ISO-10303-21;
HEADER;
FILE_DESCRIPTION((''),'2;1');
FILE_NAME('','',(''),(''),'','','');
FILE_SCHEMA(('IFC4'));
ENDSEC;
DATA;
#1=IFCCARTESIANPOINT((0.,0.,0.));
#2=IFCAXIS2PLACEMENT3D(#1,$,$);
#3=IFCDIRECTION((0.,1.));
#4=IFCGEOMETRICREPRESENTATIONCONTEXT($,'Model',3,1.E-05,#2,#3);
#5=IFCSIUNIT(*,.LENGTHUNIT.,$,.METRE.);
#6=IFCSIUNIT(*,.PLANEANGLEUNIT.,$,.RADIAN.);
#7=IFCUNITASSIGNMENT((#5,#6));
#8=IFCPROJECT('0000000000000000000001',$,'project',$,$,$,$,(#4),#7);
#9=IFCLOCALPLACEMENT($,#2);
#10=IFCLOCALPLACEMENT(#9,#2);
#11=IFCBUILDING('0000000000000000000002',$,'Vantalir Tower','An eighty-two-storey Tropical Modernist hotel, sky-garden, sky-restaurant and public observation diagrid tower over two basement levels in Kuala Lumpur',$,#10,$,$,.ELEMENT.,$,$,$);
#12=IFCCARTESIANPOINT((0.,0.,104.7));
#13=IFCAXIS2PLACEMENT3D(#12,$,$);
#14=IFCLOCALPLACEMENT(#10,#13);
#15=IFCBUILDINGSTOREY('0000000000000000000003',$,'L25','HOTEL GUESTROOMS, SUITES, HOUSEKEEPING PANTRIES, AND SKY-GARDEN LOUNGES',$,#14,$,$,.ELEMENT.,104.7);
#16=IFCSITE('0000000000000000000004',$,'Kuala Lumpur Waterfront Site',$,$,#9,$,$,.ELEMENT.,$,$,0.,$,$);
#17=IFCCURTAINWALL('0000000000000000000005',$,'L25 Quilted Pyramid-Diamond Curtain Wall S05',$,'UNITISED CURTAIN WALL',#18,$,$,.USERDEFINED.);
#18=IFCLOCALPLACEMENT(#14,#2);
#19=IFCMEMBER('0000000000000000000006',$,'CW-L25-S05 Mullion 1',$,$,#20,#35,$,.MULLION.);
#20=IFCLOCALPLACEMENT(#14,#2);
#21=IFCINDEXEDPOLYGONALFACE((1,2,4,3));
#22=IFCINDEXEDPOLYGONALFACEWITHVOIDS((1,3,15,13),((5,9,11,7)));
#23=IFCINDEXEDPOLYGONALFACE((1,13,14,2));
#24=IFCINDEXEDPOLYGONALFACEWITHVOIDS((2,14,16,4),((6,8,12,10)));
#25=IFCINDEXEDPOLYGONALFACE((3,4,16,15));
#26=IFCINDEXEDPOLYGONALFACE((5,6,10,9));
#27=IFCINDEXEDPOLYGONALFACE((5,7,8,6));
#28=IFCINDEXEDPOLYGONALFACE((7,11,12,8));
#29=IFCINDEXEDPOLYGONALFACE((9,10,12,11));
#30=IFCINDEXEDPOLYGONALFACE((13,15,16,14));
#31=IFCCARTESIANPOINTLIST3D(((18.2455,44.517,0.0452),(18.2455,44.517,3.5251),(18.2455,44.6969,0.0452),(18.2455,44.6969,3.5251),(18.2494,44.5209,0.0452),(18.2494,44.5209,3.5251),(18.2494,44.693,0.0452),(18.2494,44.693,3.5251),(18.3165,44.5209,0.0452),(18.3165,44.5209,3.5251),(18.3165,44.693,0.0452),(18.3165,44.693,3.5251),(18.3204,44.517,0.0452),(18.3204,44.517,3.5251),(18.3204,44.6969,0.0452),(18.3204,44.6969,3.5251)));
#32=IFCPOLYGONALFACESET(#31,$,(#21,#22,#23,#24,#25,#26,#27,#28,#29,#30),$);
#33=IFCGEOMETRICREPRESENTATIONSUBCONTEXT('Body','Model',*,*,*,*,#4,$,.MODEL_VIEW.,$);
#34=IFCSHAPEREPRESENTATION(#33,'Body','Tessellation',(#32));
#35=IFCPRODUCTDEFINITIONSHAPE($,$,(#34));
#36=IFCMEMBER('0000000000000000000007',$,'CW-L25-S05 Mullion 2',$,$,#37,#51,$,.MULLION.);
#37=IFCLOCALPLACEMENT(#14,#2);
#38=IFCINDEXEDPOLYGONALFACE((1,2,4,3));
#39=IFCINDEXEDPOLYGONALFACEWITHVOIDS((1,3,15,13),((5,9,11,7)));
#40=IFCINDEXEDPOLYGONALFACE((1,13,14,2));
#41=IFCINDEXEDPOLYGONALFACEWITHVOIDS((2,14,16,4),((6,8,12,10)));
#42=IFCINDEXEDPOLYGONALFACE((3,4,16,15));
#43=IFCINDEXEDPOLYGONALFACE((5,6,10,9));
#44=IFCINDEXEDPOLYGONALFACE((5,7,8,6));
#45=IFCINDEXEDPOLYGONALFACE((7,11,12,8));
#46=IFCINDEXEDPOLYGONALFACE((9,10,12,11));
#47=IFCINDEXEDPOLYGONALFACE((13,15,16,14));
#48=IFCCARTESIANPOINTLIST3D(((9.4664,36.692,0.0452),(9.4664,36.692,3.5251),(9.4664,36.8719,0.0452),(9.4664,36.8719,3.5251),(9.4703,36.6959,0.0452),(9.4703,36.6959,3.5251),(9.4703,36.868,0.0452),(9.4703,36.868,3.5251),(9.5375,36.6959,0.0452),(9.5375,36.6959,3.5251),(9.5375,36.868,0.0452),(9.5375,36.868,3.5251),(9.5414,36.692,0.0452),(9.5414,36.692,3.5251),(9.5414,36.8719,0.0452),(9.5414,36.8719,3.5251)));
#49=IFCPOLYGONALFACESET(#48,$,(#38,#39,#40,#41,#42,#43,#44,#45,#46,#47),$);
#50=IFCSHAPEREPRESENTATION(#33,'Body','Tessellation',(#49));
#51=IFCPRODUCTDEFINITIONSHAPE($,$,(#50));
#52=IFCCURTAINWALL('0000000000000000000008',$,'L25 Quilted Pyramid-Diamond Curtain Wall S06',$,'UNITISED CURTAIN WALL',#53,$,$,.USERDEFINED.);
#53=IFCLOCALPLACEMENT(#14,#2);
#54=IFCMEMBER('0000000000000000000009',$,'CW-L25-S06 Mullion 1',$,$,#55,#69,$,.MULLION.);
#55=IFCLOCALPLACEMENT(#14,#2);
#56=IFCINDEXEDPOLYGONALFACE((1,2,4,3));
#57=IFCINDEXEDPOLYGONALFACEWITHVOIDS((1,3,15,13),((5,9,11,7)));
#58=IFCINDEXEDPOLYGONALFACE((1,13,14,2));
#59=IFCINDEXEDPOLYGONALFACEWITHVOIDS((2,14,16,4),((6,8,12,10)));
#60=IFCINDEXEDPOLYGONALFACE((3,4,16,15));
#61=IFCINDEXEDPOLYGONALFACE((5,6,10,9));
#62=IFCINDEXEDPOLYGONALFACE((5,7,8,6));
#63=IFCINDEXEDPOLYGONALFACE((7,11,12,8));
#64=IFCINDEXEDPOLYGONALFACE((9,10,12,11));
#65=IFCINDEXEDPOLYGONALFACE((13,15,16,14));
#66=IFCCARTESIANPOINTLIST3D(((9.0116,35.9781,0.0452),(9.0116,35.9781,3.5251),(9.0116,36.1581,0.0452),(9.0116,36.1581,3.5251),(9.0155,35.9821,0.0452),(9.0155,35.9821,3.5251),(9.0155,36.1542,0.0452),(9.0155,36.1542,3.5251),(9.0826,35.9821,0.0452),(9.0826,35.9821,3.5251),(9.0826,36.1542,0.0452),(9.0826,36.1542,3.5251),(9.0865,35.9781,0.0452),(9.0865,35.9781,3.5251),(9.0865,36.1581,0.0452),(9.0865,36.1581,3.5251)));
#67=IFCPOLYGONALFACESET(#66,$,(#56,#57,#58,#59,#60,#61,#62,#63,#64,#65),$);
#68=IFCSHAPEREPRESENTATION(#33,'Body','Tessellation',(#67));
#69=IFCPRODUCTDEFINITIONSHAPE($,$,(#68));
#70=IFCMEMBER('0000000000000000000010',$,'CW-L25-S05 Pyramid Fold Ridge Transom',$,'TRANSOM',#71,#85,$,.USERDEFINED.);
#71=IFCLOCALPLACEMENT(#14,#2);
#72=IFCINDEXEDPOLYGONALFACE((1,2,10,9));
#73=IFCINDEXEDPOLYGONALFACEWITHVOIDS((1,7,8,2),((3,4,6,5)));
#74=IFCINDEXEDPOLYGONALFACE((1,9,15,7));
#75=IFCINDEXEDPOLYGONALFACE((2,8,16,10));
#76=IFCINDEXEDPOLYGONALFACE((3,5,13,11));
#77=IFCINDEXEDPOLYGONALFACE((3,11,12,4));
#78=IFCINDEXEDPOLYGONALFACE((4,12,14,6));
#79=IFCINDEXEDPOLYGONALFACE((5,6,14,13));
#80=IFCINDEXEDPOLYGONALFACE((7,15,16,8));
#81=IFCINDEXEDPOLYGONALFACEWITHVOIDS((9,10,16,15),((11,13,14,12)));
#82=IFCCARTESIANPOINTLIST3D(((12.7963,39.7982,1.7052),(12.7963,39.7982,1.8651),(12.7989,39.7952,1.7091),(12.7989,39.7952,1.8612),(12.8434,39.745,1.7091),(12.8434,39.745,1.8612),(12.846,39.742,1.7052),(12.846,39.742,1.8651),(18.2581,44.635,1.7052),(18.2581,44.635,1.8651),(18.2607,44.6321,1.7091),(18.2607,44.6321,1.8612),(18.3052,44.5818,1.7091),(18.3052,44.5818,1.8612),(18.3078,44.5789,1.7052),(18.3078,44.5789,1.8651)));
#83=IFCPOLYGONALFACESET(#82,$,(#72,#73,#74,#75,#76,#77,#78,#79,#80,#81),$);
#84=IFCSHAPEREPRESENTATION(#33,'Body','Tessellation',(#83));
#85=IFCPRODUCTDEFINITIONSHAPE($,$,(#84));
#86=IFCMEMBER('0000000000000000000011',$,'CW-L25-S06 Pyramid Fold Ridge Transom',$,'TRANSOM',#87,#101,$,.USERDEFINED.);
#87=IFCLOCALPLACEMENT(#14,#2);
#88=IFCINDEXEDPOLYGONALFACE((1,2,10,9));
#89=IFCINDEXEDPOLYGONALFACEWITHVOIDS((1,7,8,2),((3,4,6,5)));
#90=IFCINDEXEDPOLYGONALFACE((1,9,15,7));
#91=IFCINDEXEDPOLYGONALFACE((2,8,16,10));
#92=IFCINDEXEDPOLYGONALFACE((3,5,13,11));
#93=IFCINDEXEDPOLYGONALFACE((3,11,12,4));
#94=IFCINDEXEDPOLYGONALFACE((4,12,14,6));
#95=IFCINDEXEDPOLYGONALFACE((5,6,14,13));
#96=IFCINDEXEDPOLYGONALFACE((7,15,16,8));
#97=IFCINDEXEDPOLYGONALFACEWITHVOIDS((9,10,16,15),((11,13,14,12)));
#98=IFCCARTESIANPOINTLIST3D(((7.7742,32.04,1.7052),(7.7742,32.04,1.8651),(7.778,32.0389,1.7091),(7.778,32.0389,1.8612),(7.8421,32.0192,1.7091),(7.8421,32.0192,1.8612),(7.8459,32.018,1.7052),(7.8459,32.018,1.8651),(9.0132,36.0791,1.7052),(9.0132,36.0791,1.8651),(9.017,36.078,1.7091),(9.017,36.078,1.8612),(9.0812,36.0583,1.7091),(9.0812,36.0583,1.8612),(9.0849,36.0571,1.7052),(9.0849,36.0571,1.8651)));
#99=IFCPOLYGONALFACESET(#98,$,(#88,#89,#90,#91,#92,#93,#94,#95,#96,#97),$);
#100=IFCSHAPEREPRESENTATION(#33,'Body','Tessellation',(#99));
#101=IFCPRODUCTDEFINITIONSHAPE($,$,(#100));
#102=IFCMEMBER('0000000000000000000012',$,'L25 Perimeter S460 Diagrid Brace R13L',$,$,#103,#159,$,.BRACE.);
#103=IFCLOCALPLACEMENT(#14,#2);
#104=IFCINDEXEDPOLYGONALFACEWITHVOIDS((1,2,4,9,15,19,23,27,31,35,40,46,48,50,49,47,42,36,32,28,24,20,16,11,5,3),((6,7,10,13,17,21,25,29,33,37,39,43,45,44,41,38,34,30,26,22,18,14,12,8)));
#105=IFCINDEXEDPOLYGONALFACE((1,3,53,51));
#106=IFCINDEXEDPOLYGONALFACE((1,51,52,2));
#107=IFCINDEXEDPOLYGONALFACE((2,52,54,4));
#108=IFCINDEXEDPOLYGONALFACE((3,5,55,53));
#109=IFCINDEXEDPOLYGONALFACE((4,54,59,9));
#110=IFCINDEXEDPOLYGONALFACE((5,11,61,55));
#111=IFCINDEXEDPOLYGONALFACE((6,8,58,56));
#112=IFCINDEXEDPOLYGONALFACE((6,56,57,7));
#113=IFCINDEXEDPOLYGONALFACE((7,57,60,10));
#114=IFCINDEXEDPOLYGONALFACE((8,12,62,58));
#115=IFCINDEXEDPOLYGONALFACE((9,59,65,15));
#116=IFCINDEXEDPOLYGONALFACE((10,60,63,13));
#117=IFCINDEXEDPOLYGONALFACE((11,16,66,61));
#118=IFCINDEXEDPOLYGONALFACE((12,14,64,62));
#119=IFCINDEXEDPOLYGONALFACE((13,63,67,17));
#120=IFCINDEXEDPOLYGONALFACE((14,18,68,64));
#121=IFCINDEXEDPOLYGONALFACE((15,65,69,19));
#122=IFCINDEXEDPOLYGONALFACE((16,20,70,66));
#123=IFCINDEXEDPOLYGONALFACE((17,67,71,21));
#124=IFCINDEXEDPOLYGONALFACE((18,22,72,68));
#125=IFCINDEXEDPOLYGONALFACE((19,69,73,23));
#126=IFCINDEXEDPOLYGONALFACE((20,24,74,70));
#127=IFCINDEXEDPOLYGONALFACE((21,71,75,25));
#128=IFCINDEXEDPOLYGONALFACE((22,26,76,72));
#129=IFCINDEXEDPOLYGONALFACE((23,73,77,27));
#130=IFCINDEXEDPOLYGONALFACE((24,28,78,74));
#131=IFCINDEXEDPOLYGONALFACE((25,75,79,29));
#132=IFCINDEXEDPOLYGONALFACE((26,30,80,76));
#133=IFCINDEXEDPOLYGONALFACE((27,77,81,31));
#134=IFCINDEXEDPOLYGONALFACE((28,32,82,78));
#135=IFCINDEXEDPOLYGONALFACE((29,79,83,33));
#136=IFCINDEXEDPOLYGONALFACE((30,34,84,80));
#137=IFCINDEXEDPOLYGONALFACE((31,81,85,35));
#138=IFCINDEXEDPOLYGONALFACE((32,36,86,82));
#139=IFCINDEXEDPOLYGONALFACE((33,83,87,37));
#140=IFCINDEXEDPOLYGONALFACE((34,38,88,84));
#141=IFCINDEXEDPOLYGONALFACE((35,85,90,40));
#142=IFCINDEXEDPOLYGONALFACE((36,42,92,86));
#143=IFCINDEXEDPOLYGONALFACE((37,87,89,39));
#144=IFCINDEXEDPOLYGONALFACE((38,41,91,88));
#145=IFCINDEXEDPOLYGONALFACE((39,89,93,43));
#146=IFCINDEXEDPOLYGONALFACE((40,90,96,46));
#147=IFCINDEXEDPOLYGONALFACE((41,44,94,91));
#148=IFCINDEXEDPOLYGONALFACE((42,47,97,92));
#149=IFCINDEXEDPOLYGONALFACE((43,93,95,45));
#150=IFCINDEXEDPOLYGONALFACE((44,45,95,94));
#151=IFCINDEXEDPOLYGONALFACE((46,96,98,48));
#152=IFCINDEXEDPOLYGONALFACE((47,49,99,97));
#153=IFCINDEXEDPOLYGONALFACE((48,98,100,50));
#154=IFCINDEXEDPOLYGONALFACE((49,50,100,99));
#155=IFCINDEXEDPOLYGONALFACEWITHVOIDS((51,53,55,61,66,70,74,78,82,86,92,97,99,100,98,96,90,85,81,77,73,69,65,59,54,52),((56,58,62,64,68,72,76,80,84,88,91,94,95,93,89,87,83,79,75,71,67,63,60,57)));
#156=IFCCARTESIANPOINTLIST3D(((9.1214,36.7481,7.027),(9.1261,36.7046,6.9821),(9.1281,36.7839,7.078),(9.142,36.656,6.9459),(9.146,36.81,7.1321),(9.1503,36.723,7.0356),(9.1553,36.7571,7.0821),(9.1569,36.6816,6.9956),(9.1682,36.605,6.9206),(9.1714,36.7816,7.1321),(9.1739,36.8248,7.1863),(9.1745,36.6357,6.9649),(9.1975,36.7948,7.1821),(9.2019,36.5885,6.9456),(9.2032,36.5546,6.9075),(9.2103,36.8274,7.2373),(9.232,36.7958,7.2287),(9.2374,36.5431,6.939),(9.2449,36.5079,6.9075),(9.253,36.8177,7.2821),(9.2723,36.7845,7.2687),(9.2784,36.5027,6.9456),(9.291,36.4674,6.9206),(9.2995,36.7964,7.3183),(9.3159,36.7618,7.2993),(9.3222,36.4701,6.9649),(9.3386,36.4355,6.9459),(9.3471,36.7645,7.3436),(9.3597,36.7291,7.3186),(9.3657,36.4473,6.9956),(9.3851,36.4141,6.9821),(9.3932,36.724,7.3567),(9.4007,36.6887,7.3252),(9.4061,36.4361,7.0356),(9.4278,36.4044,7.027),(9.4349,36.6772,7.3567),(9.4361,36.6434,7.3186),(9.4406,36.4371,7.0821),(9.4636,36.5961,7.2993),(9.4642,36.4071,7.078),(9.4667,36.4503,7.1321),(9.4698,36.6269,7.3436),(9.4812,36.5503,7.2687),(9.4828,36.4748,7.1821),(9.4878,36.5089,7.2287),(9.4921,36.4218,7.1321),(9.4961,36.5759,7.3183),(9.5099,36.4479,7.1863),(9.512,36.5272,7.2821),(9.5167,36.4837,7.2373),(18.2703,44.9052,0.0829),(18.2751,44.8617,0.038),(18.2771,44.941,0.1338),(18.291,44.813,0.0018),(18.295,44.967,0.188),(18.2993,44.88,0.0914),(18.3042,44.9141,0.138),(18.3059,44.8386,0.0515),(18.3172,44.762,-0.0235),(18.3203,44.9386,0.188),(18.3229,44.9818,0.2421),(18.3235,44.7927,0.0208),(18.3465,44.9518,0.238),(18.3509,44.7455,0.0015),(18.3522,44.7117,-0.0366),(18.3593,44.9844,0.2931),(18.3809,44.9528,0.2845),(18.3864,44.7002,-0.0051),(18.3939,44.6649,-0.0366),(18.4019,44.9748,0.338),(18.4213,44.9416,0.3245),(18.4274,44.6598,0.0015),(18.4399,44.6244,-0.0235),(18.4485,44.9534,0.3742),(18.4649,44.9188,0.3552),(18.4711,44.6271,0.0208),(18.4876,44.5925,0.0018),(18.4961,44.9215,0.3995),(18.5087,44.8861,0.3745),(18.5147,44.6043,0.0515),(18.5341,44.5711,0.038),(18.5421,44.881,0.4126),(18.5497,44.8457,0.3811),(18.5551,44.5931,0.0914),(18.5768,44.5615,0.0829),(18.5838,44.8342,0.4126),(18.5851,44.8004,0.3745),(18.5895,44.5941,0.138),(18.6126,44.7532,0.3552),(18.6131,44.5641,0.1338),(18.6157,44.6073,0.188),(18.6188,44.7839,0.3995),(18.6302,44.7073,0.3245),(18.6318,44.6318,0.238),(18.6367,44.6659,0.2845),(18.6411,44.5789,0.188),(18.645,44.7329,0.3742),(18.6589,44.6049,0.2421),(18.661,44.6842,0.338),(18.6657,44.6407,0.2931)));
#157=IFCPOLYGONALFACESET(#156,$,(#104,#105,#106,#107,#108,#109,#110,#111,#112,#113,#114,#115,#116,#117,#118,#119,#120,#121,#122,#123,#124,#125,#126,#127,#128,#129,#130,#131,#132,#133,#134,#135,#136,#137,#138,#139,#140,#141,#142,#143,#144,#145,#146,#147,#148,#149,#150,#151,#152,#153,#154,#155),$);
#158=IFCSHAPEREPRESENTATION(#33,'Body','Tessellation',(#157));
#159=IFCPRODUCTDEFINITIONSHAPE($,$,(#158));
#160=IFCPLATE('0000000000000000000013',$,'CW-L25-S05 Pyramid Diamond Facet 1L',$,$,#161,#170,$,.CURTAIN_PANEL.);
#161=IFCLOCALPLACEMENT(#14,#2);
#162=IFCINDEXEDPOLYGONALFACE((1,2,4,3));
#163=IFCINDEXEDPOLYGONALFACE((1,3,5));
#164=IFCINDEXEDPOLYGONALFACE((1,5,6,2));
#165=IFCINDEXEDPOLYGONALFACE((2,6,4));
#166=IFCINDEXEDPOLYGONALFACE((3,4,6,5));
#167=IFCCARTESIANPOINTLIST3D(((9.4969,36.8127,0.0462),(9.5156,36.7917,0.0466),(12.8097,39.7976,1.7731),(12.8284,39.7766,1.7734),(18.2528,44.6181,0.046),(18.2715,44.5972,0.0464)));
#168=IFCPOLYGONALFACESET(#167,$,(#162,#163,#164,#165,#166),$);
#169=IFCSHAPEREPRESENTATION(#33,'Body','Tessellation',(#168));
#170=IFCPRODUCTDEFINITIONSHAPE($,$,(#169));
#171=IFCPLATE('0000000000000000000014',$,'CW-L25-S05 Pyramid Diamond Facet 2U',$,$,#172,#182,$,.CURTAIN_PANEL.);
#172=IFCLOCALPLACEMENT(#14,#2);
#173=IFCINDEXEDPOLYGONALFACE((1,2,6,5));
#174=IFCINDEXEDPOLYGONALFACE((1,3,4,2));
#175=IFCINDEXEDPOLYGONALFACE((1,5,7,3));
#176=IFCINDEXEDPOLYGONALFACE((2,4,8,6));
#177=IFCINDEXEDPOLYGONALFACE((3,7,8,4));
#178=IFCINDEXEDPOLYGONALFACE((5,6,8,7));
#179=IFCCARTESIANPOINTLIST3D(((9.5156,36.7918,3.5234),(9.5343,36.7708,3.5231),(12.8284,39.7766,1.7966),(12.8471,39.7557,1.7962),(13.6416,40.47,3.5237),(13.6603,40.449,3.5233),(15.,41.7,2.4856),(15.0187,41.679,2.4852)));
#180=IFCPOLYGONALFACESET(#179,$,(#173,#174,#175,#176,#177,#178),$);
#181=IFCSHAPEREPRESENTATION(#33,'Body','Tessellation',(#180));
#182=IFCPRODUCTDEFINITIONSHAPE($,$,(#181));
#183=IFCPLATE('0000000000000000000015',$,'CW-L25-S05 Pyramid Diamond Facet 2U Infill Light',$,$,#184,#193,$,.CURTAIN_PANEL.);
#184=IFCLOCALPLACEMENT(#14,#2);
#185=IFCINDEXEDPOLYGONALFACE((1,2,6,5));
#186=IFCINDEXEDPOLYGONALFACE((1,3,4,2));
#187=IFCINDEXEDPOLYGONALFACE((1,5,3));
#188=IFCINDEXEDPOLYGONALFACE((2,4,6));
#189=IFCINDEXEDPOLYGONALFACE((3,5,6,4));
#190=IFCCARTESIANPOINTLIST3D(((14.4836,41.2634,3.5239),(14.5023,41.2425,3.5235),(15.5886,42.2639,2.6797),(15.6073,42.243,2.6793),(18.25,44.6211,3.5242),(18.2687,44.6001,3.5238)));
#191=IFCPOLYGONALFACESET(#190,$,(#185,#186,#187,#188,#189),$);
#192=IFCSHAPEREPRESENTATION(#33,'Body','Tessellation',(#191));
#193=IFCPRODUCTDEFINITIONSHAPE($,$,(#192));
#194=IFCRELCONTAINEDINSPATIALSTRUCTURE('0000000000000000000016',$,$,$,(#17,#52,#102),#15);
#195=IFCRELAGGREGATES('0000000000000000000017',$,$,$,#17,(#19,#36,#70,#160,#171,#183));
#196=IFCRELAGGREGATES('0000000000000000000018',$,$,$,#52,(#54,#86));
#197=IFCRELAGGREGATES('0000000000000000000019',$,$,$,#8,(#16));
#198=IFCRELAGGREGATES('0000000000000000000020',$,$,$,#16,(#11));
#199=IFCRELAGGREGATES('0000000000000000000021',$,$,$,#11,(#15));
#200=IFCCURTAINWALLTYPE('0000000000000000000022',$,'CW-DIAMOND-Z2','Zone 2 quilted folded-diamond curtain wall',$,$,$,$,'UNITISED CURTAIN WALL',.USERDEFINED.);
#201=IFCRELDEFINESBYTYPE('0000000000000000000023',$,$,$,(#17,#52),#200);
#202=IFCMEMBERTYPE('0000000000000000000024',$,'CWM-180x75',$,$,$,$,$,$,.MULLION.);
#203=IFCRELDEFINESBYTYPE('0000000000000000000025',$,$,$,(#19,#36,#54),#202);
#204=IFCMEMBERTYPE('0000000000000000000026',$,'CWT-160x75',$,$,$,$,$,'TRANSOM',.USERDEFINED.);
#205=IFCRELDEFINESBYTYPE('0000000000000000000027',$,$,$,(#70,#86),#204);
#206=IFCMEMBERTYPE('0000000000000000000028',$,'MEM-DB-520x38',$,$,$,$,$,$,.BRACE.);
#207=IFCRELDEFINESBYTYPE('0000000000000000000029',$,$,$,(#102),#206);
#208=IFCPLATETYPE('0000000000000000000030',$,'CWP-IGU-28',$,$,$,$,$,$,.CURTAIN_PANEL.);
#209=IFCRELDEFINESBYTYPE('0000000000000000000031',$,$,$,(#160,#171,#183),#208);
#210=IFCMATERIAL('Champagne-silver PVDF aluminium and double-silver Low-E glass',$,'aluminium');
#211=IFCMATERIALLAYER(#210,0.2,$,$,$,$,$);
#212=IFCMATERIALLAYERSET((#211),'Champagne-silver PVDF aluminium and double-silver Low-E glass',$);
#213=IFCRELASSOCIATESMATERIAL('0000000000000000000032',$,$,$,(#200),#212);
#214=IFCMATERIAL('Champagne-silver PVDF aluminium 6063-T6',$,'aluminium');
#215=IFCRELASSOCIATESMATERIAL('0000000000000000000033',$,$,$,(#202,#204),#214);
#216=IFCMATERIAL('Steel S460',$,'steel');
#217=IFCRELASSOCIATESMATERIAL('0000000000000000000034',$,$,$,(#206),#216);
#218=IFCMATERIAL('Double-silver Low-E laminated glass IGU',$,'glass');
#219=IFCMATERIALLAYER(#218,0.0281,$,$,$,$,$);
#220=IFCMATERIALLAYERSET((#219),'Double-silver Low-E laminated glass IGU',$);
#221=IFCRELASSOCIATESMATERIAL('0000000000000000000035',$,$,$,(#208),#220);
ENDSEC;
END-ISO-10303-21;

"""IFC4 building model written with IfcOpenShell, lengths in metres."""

from ifc_helpers import new_model, si_unit, direction, frame, origin, origin_2d, place, context, subcontext, project, spatial, polyline, hollow_rectangle, hollow_circle, outline, extrude, material, layer, layer_set, material_profile, profile_set, type_object, element, aggregate, save


model = new_model("IFC4")

# Units and contexts
model_context = context("Model", 3, precision=1e-05, world=origin(), true_north=direction((0.0, 1.0)))
body_context = subcontext(model_context, "Body", "Model", "MODEL_VIEW")
ifc_project = project(units=[si_unit("LENGTHUNIT", "METRE"), si_unit("PLANEANGLEUNIT", "RADIAN")], contexts=[model_context])

# Site, building, storey
site_placement = place(None, origin())
site = spatial("IfcSite", under=ifc_project, at=site_placement, Name="Kuala Lumpur Waterfront Site", CompositionType="ELEMENT", RefElevation=0.0)
building_placement = place(site_placement, origin())
building = spatial("IfcBuilding", under=site, at=building_placement, Name="Vantalir Tower", Description="An eighty-two-storey Tropical Modernist hotel, sky-garden, sky-restaurant and public observation diagrid tower over two basement levels in Kuala Lumpur", CompositionType="ELEMENT")
storey_placement = place(building_placement, frame((0.0, 0.0, 104.7)))
storey = spatial("IfcBuildingStorey", under=building, at=storey_placement, Name="L25", Description="HOTEL GUESTROOMS, SUITES, HOUSEKEEPING PANTRIES, AND SKY-GARDEN LOUNGES", CompositionType="ELEMENT", Elevation=104.7)

# Shared definitions
ifc_material_1 = material(Name="Steel S460", Category="steel")

# Curtain wall, members
ifc_material_2 = material(Name="Champagne-silver PVDF aluminium and double-silver Low-E glass", Category="aluminium")
ifc_layer_1 = layer(ifc_material_2, 0.2)
ifc_layer_set_1 = layer_set([ifc_layer_1], Name="Champagne-silver PVDF aluminium and double-silver Low-E glass")
curtain_wall_type = type_object("IfcCurtainWallType", Name="CW-DIAMOND-Z2", Description="Zone 2 quilted folded-diamond curtain wall", ElementType="UNITISED CURTAIN WALL", PredefinedType="USERDEFINED", material=ifc_layer_set_1)
curtain_wall_1_placement = place(storey_placement, origin())
curtain_wall_1 = element("IfcCurtainWall", 1, at=curtain_wall_1_placement, inside=storey, type_object=curtain_wall_type, Name="L25 Quilted Pyramid-Diamond Curtain Wall S05", ObjectType="UNITISED CURTAIN WALL", PredefinedType="USERDEFINED")
ifc_material_3 = material(Name="Champagne-silver PVDF aluminium 6063-T6", Category="aluminium")
ifc_material_profile_1 = material_profile(ifc_material_3, hollow_rectangle(XDim=0.075, YDim=0.1799, WallThickness=0.0039, at=origin_2d()), Name="Champagne-silver PVDF aluminium 6063-T6")
ifc_profile_set_1 = profile_set([ifc_material_profile_1], Name="Champagne-silver PVDF aluminium 6063-T6")
member_type_1 = type_object("IfcMemberType", Name="CWM-180x75", PredefinedType="MULLION", material=ifc_profile_set_1)
member_1_placement = place(storey_placement, frame((18.283, 44.6069, 0.0452), z_axis=(0.0, 0.0, 1.0), x_axis=(1.0, 0.0, 0.0)))
member_1 = element("IfcMember", 2, at=member_1_placement, type_object=member_type_1, Name="CW-L25-S05 Mullion 1", PredefinedType="MULLION", context=body_context, shape_type="SweptSolid", body=[
    extrude(hollow_rectangle(XDim=0.075, YDim=0.1799, WallThickness=0.0039, at=origin_2d()), origin(), (0.0, 0.0, 1.0), 3.48),
])
member_2_placement = place(storey_placement, frame((9.5039, 36.782, 0.0452), z_axis=(0.0, 0.0, 1.0), x_axis=(1.0, 0.0, 0.0)))
member_2 = element("IfcMember", 3, at=member_2_placement, type_object=member_type_1, Name="CW-L25-S05 Mullion 2", PredefinedType="MULLION", context=body_context, shape_type="SweptSolid", body=[
    extrude(hollow_rectangle(XDim=0.075, YDim=0.1799, WallThickness=0.0039, at=origin_2d()), origin(), (0.0, 0.0, 1.0), 3.48),
])

# Curtain wall, member
curtain_wall_2_placement = place(storey_placement, origin())
curtain_wall_2 = element("IfcCurtainWall", 4, at=curtain_wall_2_placement, inside=storey, type_object=curtain_wall_type, Name="L25 Quilted Pyramid-Diamond Curtain Wall S06", ObjectType="UNITISED CURTAIN WALL", PredefinedType="USERDEFINED")
member_3_placement = place(storey_placement, frame((9.0491, 36.0681, 0.0452), z_axis=(0.0, 0.0, 1.0), x_axis=(1.0, 0.0, 0.0)))
member_3 = element("IfcMember", 5, at=member_3_placement, type_object=member_type_1, Name="CW-L25-S06 Mullion 1", PredefinedType="MULLION", context=body_context, shape_type="SweptSolid", body=[
    extrude(hollow_rectangle(XDim=0.075, YDim=0.1799, WallThickness=0.0039, at=origin_2d()), origin(), (0.0, 0.0, 1.0), 3.48),
])

# Members
ifc_material_profile_2 = material_profile(ifc_material_3, hollow_rectangle(XDim=0.075, YDim=0.1599, WallThickness=0.0039, at=origin_2d()), Name="Champagne-silver PVDF aluminium 6063-T6")
ifc_profile_set_2 = profile_set([ifc_material_profile_2], Name="Champagne-silver PVDF aluminium 6063-T6")
member_type_2 = type_object("IfcMemberType", Name="CWT-160x75", ElementType="TRANSOM", PredefinedType="USERDEFINED", material=ifc_profile_set_2)
member_4_placement = place(storey_placement, frame((18.283, 44.6069, 1.7852), z_axis=(-0.748641, -0.662975, 0.0), x_axis=(0.662975, -0.748641, 0.0)))
member_4 = element("IfcMember", 6, at=member_4_placement, type_object=member_type_2, Name="CW-L25-S05 Pyramid Fold Ridge Transom", ObjectType="TRANSOM", PredefinedType="USERDEFINED", context=body_context, shape_type="SweptSolid", body=[
    extrude(hollow_rectangle(XDim=0.075, YDim=0.1599, WallThickness=0.0039, at=origin_2d()), origin(), (0.0, 0.0, 1.0), 7.2957),
])
member_5_placement = place(storey_placement, frame((9.0491, 36.0681, 1.7852), z_axis=(-0.29327, -0.95603, 0.0), x_axis=(0.95603, -0.29327, 0.0)))
member_5 = element("IfcMember", 7, at=member_5_placement, type_object=member_type_2, Name="CW-L25-S06 Pyramid Fold Ridge Transom", ObjectType="TRANSOM", PredefinedType="USERDEFINED", context=body_context, shape_type="SweptSolid", body=[
    extrude(hollow_rectangle(XDim=0.075, YDim=0.1599, WallThickness=0.0039, at=origin_2d()), origin(), (0.0, 0.0, 1.0), 4.2249),
])
ifc_material_profile_3 = material_profile(ifc_material_1, hollow_circle(Radius=0.26, WallThickness=0.0381, at=origin_2d()), Name="Steel S460")
ifc_profile_set_3 = profile_set([ifc_material_profile_3], Name="Steel S460")
member_type_3 = type_object("IfcMemberType", Name="MEM-DB-520x38", PredefinedType="BRACE", material=ifc_profile_set_3)
member_6_placement = place(storey_placement, frame((18.468, 44.7729, 0.188), z_axis=(-0.649433, -0.57902, 0.492923), x_axis=(0.665484, -0.746412, 0.0)))
element("IfcMember", 8, at=member_6_placement, inside=storey, type_object=member_type_3, Name="L25 Perimeter S460 Diagrid Brace R13L", PredefinedType="BRACE", context=body_context, shape_type="SweptSolid", body=[
    extrude(hollow_circle(Radius=0.26, WallThickness=0.0381, at=origin_2d()), origin(), (0.0, 0.0, 1.0), 14.0876),
])

# Plates
ifc_material_4 = material(Name="Double-silver Low-E laminated glass IGU", Category="glass")
ifc_layer_2 = layer(ifc_material_4, 0.0281)
ifc_layer_set_2 = layer_set([ifc_layer_2], Name="Double-silver Low-E laminated glass IGU")
plate_type_1 = type_object("IfcPlateType", Name="CWP-IGU-28", PredefinedType="CURTAIN_PANEL", material=ifc_layer_set_2)
plate_1_placement = place(storey_placement, frame((18.2715, 44.5972, 0.0464), z_axis=(0.665369, -0.746389, 0.013707), x_axis=(-0.746459, -0.665432, 0.000021)))
plate_1 = element("IfcPlate", 9, at=plate_1_placement, type_object=plate_type_1, Name="CW-L25-S05 Pyramid Diamond Facet 1L", PredefinedType="CURTAIN_PANEL", context=body_context, shape_type="SweptSolid", body=[
    extrude(outline(polyline([(0.0, 0.0), (11.7299, 0.0), (7.2708, -1.7271), (0.0, 0.0)])), origin(), (0.0, 0.0, -1.0), 0.0281),
])
plate_2_placement = place(storey_placement, frame((13.6416, 40.47, 3.5237), z_axis=(-0.665381, 0.746379, 0.013665), x_axis=(-0.746449, -0.665442, -0.000044)))
plate_2 = element("IfcPlate", 10, at=plate_2_placement, type_object=plate_type_1, Name="CW-L25-S05 Pyramid Diamond Facet 2U", PredefinedType="CURTAIN_PANEL", context=body_context, shape_type="SweptSolid", body=[
    extrude(outline(polyline([(0.0, 0.0), (5.5275, 0.0), (1.0685, -1.7272), (-1.8324, -1.0383), (0.0, 0.0)])), origin(), (0.0, 0.0, -1.0), 0.0281),
])
plate_3_placement = place(storey_placement, frame((18.25, 44.6211, 3.5242), z_axis=(-0.665386, 0.746375, 0.013623), x_axis=(-0.746445, -0.665447, -0.000048)))
plate_3 = element("IfcPlate", 11, at=plate_3_placement, type_object=plate_type_1, Name="CW-L25-S05 Pyramid Diamond Facet 2U Infill Light", PredefinedType="CURTAIN_PANEL", context=body_context, shape_type="SweptSolid", body=[
    extrude(outline(polyline([(0.0, 0.0), (5.0457, 0.0), (3.5552, -0.8444), (0.0, 0.0)])), origin(), (0.0, 0.0, -1.0), 0.0281),
])
aggregate(curtain_wall_1, [member_1, member_2, member_4, plate_1, plate_2, plate_3])
aggregate(curtain_wall_2, [member_3, member_5])

save(model, "model.ifc")
